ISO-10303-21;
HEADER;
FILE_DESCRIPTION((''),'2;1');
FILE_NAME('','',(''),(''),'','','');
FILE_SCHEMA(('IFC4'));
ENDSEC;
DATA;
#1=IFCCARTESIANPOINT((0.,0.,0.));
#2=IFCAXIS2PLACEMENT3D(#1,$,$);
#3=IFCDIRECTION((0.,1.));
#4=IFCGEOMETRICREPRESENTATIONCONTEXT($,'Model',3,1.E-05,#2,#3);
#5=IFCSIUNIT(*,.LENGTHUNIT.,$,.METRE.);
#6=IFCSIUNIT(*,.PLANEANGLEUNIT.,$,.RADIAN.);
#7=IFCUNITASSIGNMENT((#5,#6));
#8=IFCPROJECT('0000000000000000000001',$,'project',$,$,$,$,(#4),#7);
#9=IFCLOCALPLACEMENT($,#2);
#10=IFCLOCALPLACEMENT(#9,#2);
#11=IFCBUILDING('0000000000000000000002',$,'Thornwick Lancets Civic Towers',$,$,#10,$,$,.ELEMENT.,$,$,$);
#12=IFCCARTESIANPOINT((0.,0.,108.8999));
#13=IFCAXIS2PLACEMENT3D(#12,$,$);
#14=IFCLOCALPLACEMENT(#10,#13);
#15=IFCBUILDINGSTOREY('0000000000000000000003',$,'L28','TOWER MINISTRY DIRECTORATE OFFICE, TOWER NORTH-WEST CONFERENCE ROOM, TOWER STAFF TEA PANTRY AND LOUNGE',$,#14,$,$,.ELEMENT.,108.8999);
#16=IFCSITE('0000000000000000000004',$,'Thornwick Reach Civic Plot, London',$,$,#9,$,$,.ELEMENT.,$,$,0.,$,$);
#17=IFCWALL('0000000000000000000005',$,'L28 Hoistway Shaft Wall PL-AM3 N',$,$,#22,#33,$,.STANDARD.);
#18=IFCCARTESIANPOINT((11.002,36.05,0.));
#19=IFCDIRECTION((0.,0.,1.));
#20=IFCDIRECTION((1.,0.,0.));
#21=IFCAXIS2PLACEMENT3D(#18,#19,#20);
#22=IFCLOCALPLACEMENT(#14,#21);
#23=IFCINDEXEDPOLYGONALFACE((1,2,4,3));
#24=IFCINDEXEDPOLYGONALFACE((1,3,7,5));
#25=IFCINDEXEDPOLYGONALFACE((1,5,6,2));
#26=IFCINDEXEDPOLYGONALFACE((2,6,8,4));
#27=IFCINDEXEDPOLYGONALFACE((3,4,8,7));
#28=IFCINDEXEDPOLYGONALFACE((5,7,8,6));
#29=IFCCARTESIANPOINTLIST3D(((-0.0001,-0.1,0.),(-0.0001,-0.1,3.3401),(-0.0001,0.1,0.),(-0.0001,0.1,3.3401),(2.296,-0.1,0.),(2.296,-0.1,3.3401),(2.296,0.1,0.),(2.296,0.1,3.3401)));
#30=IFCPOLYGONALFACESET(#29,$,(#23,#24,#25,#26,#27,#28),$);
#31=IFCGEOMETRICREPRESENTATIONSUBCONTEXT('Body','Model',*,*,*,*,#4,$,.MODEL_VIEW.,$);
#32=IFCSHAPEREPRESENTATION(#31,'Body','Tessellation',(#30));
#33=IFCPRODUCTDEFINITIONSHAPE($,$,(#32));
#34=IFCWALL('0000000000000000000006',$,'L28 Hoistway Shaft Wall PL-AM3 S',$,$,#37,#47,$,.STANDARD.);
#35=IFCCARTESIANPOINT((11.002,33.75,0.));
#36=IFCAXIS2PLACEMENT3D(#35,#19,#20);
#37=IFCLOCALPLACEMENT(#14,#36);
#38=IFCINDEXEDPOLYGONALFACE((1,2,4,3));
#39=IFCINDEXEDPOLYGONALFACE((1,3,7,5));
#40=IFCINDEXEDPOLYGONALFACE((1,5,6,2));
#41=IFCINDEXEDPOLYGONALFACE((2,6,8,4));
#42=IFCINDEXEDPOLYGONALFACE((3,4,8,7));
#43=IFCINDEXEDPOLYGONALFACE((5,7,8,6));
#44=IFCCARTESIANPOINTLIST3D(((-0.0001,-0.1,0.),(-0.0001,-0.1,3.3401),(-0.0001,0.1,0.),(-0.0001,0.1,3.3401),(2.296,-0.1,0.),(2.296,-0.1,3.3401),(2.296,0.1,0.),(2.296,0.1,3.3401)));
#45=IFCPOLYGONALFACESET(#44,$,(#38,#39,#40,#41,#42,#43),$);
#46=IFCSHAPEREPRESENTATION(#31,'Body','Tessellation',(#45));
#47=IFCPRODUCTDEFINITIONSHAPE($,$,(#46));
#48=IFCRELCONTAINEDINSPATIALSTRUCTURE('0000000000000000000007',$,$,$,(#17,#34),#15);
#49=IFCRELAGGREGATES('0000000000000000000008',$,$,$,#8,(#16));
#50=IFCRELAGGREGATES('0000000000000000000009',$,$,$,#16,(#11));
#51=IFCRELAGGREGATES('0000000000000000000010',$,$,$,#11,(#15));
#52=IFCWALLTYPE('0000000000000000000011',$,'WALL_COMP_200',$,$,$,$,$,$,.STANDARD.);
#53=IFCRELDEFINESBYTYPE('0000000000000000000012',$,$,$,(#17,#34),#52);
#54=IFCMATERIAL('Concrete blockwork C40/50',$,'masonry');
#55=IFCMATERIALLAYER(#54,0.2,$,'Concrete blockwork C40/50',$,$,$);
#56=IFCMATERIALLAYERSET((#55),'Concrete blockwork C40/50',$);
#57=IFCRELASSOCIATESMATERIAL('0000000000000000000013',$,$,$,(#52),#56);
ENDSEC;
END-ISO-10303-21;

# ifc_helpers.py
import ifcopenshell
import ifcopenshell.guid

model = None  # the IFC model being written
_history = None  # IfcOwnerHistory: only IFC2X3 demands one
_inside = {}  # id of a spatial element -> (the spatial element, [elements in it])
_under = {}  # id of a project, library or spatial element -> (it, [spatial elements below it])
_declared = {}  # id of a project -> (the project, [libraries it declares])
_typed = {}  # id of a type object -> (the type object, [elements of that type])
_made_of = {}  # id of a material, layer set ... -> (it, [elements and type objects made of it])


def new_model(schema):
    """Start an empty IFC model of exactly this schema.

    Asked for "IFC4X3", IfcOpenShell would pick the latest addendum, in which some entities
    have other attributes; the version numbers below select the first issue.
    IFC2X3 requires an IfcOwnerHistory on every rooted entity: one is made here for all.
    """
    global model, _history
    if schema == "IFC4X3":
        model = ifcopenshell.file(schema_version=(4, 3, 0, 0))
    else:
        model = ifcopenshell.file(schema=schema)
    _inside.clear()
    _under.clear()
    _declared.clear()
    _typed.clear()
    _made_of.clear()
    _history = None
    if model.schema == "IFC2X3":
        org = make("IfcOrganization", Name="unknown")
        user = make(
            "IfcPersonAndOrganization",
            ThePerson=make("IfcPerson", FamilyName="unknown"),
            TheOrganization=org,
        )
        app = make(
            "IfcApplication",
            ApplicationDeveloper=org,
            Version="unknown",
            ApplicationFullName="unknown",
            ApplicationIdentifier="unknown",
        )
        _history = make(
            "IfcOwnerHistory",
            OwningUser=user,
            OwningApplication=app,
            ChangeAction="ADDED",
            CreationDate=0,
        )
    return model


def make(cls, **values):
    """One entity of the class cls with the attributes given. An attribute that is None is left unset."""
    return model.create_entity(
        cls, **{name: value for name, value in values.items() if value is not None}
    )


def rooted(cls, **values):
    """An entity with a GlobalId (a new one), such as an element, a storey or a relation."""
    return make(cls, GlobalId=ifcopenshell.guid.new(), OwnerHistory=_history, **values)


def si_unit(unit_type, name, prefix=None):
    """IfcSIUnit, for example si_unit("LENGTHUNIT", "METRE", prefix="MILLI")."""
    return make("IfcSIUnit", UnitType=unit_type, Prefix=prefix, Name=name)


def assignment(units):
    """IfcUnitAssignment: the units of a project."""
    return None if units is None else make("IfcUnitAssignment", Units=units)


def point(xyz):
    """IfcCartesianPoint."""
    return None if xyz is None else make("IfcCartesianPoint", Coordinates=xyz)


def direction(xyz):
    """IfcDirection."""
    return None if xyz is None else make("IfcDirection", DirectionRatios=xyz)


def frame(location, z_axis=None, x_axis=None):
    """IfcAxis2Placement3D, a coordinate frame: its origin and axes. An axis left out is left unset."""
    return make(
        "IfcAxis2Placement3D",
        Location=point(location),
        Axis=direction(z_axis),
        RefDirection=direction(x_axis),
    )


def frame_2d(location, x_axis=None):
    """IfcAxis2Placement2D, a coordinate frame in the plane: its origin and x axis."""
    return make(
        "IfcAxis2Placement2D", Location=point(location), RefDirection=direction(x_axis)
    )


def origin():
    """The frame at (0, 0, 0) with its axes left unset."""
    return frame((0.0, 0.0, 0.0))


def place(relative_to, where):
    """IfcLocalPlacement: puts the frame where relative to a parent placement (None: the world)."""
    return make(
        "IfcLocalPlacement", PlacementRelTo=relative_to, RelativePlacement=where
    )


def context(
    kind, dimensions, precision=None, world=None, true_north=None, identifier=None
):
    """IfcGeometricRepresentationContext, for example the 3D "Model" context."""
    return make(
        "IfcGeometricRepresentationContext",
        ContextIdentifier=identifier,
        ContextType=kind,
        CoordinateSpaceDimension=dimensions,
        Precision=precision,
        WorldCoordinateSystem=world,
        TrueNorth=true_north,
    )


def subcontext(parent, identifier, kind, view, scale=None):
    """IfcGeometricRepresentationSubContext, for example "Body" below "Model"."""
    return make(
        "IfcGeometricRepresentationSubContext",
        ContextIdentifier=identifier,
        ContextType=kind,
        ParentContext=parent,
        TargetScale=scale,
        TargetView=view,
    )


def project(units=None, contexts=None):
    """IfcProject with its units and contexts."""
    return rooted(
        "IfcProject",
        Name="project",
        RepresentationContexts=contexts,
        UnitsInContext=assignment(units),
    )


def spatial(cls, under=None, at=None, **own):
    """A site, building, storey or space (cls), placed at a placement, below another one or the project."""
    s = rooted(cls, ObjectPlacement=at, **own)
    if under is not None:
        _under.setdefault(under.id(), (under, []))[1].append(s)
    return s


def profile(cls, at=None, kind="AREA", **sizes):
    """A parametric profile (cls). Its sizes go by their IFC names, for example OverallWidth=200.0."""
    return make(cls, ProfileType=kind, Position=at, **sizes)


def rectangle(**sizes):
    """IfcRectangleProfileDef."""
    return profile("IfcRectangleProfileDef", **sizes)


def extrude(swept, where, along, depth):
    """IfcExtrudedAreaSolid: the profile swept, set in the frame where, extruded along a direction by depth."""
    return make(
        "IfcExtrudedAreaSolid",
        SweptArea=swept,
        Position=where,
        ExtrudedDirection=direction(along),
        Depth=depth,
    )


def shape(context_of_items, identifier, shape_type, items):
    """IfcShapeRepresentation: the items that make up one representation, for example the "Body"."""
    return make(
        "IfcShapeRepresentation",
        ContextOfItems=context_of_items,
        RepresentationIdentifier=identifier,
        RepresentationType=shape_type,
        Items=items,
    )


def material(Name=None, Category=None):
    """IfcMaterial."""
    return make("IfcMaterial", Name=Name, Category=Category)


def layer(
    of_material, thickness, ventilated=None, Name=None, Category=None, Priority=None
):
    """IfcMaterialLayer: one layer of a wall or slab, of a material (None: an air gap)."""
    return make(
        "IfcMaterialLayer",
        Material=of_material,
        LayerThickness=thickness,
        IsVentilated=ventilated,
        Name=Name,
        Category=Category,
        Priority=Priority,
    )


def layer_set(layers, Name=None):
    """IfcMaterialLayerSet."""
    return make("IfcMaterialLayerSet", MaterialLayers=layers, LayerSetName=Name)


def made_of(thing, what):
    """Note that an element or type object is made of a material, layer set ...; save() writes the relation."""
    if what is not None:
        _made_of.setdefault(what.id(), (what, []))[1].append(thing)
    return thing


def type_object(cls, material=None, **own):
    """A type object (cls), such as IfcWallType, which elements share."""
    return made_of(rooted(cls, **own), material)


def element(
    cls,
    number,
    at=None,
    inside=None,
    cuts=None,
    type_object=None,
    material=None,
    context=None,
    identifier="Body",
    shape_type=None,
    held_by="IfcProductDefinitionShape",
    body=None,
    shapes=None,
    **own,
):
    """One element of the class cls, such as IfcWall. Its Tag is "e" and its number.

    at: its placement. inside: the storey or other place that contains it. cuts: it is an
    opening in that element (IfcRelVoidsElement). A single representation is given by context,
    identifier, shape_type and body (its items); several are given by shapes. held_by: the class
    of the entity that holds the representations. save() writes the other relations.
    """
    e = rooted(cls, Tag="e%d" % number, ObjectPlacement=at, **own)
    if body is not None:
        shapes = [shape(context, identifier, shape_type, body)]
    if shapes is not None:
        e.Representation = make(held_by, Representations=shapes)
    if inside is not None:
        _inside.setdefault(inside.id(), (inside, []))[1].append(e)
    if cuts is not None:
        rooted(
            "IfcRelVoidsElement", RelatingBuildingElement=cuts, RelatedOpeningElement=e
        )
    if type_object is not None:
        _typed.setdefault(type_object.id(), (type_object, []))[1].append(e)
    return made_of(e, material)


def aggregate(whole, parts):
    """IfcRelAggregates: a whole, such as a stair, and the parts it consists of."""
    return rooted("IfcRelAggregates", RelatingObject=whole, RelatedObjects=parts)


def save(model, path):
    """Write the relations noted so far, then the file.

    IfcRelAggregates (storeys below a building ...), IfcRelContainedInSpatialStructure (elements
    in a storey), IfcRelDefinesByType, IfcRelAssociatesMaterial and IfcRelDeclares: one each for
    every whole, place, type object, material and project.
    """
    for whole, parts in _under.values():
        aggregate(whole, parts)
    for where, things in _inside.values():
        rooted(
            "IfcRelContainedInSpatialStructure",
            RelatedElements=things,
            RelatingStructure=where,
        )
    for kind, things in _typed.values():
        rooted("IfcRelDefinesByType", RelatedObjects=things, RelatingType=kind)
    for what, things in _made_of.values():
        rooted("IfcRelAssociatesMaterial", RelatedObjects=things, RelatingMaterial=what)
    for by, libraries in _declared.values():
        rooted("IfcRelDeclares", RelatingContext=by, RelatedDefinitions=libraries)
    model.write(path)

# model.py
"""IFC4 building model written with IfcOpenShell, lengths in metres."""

from ifc_helpers import new_model, si_unit, direction, frame, frame_2d, origin, place, context, subcontext, project, spatial, rectangle, extrude, material, layer, layer_set, type_object, element, save


model = new_model("IFC4")

# Units and contexts
model_context = context("Model", 3, precision=1e-05, world=origin(), true_north=direction((0.0, 1.0)))
body_context = subcontext(model_context, "Body", "Model", "MODEL_VIEW")
ifc_project = project(units=[si_unit("LENGTHUNIT", "METRE"), si_unit("PLANEANGLEUNIT", "RADIAN")], contexts=[model_context])

# Site, building, storey
site_placement = place(None, origin())
site = spatial("IfcSite", under=ifc_project, at=site_placement, Name="Thornwick Reach Civic Plot, London", CompositionType="ELEMENT", RefElevation=0.0)
building_placement = place(site_placement, origin())
building = spatial("IfcBuilding", under=site, at=building_placement, Name="Thornwick Lancets Civic Towers", CompositionType="ELEMENT")
storey_placement = place(building_placement, frame((0.0, 0.0, 108.8999)))
storey = spatial("IfcBuildingStorey", under=building, at=storey_placement, Name="L28", Description="TOWER MINISTRY DIRECTORATE OFFICE, TOWER NORTH-WEST CONFERENCE ROOM, TOWER STAFF TEA PANTRY AND LOUNGE", CompositionType="ELEMENT", Elevation=108.8999)

# Shared definitions
ifc_material_1 = material(Name="Concrete blockwork C40/50", Category="masonry")
ifc_layer_1 = layer(ifc_material_1, 0.2, Name="Concrete blockwork C40/50")
ifc_layer_set_1 = layer_set([ifc_layer_1], Name="Concrete blockwork C40/50")
wall_type_1 = type_object("IfcWallType", Name="WALL_COMP_200", PredefinedType="STANDARD", material=ifc_layer_set_1)

# Walls
for number, where, z_axis, x_axis, name in (
    (1, (11.002, 36.05, 0.0), (0.0, 0.0, 1.0), (1.0, 0.0, 0.0), "L28 Hoistway Shaft Wall PL-AM3 N"),
    (2, (11.002, 33.75, 0.0), (0.0, 0.0, 1.0), (1.0, 0.0, 0.0), "L28 Hoistway Shaft Wall PL-AM3 S"),
):
    element("IfcWall", number, at=place(storey_placement, frame(where, z_axis=z_axis, x_axis=x_axis)), inside=storey, type_object=wall_type_1, Name=name, PredefinedType="STANDARD", context=body_context, shape_type="SweptSolid", body=[
        extrude(rectangle(XDim=2.2961, YDim=0.2, at=frame_2d((1.1479, 0.0))), origin(), (0.0, 0.0, 1.0), 3.3401),
    ])

save(model, "model.ifc")
